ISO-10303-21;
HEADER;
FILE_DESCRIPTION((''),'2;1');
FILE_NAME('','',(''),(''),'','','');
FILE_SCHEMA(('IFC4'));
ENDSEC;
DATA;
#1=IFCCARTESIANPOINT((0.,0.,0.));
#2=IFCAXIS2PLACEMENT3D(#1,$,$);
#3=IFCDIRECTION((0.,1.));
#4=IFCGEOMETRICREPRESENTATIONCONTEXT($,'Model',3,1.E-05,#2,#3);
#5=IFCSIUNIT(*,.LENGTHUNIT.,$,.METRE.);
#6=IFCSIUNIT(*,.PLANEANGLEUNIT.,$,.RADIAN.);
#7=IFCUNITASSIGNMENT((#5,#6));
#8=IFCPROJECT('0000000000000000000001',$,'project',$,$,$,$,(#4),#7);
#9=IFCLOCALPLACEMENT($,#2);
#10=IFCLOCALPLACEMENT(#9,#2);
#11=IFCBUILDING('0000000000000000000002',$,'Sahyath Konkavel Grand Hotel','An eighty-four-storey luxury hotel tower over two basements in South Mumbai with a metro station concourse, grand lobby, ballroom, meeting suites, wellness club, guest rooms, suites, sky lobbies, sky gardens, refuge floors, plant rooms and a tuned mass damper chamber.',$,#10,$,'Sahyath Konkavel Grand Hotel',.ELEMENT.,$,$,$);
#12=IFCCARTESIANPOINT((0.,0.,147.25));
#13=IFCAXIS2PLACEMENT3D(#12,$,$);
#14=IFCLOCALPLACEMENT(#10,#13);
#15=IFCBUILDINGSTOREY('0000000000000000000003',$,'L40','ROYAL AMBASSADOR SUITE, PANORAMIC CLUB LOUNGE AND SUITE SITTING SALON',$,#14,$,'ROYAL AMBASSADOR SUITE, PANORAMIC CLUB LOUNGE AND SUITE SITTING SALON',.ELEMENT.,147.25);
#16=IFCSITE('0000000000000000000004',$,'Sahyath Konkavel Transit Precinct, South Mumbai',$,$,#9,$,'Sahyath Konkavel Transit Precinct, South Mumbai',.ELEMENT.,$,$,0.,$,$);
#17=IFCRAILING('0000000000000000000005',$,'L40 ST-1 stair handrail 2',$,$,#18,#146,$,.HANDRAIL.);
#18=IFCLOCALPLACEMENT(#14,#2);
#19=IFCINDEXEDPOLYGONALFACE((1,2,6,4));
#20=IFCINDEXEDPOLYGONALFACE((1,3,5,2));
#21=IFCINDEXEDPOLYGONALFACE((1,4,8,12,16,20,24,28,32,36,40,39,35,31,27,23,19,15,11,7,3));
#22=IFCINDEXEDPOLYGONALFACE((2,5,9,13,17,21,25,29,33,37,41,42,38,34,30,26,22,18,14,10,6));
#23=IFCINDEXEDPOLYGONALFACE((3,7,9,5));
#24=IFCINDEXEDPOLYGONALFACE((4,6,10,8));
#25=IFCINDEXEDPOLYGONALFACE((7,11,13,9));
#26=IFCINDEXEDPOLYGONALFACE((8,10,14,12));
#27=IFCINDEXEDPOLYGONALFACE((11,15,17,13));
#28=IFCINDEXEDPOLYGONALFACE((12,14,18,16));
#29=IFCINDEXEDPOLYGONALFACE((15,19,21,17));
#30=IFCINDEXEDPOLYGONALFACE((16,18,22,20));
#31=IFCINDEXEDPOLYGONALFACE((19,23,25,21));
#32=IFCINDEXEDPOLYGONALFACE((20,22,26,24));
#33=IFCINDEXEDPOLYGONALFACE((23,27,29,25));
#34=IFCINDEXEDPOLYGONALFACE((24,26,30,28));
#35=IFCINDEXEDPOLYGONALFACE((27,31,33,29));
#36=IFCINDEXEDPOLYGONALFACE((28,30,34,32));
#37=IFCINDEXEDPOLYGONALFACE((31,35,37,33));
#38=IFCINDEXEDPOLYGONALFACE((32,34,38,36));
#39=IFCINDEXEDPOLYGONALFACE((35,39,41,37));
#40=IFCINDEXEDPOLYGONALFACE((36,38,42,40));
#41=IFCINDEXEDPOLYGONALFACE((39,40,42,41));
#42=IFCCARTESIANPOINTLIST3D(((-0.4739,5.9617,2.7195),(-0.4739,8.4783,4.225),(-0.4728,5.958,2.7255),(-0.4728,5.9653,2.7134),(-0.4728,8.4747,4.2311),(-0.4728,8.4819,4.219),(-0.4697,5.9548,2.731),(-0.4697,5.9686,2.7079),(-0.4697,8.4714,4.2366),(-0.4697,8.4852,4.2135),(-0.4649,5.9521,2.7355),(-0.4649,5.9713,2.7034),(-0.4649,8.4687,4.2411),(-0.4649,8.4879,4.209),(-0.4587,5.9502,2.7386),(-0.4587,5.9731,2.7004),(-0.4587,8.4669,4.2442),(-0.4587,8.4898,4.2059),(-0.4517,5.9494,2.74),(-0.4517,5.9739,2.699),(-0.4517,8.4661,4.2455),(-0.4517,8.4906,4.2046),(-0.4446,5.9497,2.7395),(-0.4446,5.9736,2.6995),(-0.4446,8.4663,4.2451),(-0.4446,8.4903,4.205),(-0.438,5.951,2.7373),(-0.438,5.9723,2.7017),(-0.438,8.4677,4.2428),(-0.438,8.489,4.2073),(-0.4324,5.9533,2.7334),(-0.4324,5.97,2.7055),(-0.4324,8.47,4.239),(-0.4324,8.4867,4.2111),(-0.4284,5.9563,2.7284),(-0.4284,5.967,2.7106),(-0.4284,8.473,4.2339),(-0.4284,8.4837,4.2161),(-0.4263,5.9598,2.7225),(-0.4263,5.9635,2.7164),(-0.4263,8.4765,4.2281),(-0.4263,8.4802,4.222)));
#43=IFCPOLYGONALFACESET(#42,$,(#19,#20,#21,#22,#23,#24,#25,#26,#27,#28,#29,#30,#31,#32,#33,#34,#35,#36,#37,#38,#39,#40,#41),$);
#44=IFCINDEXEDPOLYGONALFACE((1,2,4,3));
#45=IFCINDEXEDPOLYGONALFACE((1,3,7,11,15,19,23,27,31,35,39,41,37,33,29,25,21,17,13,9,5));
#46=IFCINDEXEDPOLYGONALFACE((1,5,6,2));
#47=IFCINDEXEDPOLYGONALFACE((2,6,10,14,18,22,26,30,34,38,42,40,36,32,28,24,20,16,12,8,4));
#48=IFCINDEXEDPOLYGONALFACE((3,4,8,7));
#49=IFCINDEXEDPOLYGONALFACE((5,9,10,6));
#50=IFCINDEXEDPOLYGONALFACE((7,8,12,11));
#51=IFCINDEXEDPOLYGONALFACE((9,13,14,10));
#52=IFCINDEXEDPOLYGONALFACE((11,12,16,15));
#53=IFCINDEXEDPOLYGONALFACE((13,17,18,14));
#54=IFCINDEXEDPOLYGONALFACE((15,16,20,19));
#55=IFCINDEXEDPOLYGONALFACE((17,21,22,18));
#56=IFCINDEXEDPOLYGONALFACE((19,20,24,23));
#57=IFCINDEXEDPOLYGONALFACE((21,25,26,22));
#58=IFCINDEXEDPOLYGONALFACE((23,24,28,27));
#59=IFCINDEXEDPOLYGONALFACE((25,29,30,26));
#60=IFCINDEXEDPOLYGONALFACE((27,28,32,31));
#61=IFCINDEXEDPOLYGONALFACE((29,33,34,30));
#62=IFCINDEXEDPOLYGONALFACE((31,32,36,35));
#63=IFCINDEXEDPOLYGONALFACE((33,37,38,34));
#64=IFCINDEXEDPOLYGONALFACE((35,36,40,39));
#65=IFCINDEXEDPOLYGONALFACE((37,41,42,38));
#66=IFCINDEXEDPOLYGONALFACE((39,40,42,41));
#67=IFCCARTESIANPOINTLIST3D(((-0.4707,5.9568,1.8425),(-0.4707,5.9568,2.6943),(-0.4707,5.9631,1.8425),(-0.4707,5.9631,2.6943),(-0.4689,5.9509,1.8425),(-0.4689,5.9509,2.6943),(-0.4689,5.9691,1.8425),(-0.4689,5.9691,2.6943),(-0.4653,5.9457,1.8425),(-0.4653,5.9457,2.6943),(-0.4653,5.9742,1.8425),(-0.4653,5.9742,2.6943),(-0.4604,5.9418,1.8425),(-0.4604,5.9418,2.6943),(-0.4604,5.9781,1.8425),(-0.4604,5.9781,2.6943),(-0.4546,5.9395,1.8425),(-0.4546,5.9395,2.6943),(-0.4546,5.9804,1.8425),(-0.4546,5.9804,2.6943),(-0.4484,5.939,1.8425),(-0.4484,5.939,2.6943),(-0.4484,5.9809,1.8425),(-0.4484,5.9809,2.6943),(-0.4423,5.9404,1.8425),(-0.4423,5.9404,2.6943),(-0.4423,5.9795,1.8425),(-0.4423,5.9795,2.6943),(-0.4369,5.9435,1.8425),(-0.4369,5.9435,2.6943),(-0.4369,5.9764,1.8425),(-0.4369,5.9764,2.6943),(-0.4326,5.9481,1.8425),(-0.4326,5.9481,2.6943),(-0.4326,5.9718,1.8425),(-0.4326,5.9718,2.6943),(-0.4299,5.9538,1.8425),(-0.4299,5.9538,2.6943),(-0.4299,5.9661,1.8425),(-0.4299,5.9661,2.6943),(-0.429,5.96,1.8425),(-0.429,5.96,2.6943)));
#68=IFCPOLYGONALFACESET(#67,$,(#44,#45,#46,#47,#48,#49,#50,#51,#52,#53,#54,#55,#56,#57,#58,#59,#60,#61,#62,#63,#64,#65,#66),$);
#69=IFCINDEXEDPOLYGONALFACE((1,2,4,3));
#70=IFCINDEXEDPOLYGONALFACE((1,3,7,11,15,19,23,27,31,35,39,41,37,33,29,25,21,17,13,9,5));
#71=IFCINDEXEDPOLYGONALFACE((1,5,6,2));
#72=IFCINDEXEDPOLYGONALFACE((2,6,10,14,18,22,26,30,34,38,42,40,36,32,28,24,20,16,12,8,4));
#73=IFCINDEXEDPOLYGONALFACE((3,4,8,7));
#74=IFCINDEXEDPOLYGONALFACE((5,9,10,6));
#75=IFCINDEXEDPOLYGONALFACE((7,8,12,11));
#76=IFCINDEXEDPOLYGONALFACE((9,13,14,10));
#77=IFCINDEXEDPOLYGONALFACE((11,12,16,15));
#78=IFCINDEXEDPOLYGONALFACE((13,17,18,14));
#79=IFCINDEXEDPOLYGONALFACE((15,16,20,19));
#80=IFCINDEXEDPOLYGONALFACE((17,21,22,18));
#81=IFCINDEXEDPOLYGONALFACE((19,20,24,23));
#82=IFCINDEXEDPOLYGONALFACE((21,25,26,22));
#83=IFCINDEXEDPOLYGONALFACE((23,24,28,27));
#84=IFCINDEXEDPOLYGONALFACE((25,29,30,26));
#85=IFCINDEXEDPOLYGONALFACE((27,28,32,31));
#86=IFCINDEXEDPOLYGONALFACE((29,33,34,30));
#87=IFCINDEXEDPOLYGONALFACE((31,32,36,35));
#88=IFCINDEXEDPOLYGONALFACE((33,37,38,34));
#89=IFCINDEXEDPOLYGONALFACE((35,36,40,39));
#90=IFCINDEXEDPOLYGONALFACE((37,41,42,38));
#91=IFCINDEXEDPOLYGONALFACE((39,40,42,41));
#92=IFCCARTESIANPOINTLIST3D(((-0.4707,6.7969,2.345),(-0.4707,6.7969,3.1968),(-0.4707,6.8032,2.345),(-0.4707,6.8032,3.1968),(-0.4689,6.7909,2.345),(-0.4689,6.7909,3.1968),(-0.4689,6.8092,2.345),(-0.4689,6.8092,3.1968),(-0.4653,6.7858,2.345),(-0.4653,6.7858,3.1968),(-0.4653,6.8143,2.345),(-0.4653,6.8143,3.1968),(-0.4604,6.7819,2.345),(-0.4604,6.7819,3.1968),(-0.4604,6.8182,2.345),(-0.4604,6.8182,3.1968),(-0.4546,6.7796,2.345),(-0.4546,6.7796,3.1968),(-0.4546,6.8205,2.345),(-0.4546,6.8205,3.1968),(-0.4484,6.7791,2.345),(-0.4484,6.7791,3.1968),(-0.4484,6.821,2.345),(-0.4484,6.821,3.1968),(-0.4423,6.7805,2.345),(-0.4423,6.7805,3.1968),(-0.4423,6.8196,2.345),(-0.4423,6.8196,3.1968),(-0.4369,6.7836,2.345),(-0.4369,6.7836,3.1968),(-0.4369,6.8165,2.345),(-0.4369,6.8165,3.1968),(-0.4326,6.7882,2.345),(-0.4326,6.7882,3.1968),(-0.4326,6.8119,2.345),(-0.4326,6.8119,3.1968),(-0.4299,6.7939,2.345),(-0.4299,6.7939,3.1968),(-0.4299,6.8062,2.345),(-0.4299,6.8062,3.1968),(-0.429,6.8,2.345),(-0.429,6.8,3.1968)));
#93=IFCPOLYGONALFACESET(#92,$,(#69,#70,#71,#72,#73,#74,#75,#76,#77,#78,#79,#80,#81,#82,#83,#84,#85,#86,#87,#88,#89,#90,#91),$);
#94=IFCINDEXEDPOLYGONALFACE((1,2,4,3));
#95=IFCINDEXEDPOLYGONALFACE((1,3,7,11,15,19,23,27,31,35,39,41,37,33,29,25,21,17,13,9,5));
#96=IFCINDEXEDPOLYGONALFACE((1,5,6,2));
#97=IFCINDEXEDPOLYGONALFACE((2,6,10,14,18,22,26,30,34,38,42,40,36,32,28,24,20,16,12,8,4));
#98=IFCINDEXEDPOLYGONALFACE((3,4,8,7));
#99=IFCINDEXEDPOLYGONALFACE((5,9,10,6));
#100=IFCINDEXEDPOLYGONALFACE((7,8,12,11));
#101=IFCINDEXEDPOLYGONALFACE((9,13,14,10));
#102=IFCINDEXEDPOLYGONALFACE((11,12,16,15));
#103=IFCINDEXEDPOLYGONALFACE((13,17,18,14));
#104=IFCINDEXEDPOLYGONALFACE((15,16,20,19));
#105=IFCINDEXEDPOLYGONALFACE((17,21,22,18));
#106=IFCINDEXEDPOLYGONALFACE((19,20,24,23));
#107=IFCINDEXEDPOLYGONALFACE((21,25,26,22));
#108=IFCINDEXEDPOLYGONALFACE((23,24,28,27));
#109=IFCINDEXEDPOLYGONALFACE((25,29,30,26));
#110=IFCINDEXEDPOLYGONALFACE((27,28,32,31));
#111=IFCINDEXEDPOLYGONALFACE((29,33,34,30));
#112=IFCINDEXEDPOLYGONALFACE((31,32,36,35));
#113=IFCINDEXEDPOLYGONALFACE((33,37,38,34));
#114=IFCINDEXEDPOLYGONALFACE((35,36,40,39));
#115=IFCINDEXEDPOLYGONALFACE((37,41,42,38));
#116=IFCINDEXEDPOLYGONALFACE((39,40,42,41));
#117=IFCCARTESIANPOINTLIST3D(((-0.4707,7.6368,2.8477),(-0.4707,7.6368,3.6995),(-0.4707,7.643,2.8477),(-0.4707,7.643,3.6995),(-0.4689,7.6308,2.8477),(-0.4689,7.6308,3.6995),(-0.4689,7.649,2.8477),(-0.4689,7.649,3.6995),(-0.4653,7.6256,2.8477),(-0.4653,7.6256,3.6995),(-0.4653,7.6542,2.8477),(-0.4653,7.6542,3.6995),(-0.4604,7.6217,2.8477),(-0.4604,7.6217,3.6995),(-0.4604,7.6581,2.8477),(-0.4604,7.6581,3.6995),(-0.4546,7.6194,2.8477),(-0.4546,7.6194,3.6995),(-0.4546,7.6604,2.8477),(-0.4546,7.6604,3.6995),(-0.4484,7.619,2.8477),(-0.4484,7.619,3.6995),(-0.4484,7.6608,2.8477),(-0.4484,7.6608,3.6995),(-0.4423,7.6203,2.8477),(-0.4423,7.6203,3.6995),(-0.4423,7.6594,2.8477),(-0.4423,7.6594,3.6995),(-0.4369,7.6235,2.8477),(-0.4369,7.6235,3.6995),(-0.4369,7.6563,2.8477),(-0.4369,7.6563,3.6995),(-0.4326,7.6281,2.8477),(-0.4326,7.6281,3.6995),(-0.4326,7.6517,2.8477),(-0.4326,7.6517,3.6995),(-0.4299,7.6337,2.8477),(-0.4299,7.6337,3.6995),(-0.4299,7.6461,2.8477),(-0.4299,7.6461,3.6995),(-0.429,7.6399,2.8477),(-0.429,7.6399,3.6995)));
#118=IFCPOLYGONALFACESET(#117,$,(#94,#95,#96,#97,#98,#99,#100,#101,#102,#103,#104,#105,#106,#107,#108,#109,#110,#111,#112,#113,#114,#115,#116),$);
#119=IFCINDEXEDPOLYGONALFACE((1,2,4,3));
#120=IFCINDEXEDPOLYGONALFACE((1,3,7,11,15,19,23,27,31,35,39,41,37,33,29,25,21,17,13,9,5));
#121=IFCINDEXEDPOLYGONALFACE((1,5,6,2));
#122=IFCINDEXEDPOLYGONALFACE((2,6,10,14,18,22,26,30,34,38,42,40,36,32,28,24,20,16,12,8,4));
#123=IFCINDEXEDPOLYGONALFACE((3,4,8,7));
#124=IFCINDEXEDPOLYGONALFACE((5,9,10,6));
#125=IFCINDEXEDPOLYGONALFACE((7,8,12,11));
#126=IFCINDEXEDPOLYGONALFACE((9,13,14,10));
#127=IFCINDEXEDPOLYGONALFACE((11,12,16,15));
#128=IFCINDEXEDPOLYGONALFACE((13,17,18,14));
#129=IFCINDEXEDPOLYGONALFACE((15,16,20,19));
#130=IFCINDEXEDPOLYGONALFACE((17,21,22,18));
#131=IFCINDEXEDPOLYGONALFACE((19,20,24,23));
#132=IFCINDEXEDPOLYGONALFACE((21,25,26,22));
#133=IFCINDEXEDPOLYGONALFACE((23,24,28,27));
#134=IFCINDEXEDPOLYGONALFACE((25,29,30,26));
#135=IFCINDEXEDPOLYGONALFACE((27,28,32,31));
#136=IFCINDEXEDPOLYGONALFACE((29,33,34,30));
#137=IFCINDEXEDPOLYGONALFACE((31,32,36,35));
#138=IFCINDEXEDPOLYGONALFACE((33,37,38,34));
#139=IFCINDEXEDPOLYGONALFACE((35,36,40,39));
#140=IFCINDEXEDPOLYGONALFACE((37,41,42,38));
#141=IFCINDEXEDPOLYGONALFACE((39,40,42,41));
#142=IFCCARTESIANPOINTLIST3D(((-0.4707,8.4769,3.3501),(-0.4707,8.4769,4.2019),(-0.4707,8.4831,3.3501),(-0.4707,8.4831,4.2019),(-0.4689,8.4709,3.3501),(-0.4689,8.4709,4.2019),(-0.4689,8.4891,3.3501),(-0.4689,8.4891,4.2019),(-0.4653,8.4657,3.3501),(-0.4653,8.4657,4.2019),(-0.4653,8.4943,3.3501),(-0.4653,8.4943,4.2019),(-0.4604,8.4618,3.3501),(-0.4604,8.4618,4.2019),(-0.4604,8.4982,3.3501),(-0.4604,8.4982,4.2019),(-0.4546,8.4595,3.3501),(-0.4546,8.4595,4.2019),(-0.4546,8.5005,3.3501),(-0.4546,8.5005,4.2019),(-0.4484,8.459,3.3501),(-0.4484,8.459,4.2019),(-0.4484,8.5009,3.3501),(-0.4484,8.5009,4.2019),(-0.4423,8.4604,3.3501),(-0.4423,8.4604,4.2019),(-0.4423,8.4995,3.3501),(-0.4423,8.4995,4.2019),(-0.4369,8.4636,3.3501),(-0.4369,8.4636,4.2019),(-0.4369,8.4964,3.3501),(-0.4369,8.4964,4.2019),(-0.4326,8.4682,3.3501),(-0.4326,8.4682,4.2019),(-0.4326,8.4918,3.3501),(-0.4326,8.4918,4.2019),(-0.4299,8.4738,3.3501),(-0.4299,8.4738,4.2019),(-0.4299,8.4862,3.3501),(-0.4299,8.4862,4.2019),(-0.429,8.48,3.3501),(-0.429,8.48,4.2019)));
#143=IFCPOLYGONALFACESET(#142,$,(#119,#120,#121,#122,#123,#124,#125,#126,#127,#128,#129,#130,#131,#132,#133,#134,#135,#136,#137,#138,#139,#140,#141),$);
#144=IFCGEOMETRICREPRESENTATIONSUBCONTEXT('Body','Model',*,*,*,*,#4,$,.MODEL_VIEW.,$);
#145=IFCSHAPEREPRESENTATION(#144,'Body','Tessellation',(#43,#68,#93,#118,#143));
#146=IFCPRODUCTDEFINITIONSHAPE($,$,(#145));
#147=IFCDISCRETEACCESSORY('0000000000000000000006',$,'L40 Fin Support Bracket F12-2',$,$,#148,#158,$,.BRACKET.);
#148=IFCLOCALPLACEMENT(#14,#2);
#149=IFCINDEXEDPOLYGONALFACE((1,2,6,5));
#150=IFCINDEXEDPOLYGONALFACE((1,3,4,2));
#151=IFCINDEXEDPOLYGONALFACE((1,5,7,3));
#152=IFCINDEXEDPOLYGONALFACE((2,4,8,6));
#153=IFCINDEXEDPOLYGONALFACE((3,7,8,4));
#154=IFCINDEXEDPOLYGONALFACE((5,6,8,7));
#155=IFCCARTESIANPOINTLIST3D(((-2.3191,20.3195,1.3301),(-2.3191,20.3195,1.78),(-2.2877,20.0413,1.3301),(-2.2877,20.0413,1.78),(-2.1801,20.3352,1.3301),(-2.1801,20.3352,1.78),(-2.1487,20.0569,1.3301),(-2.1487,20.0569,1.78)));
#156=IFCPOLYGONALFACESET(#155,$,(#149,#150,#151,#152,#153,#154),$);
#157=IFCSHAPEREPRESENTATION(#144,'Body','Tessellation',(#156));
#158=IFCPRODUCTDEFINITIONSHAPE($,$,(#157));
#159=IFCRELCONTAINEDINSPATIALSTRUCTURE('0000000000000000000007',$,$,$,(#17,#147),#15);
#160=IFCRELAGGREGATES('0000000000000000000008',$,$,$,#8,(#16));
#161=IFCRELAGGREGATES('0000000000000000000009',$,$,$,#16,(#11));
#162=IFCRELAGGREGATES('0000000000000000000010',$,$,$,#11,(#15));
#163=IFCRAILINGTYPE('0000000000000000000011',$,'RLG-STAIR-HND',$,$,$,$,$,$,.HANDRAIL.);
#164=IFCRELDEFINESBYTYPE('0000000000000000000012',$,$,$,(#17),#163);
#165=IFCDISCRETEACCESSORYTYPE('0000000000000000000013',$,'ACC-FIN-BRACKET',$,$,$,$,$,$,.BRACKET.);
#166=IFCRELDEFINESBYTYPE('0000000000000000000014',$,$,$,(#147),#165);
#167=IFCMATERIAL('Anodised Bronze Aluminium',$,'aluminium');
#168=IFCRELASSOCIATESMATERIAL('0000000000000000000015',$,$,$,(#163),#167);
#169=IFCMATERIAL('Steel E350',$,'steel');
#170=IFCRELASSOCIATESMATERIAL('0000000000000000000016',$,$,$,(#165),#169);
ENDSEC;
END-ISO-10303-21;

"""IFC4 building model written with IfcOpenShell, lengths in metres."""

from ifc_helpers import new_model, si_unit, direction, frame, origin, origin_2d, place, context, subcontext, project, spatial, rectangle, circle, extrude, source, transform, mapped, material, type_object, element, save


model = new_model("IFC4")

# Units and contexts
model_context = context("Model", 3, precision=1e-05, world=origin(), true_north=direction((0.0, 1.0)))
body_context = subcontext(model_context, "Body", "Model", "MODEL_VIEW")
ifc_project = project(units=[si_unit("LENGTHUNIT", "METRE"), si_unit("PLANEANGLEUNIT", "RADIAN")], contexts=[model_context])

# Site, building, storey
site_placement = place(None, origin())
site = spatial("IfcSite", under=ifc_project, at=site_placement, Name="Sahyath Konkavel Transit Precinct, South Mumbai", LongName="Sahyath Konkavel Transit Precinct, South Mumbai", CompositionType="ELEMENT", RefElevation=0.0)
building_placement = place(site_placement, origin())
building = spatial("IfcBuilding", under=site, at=building_placement, Name="Sahyath Konkavel Grand Hotel", Description="An eighty-four-storey luxury hotel tower over two basements in South Mumbai with a metro station concourse, grand lobby, ballroom, meeting suites, wellness club, guest rooms, suites, sky lobbies, sky gardens, refuge floors, plant rooms and a tuned mass damper chamber.", LongName="Sahyath Konkavel Grand Hotel", CompositionType="ELEMENT")
storey_placement = place(building_placement, frame((0.0, 0.0, 147.25)))
storey = spatial("IfcBuildingStorey", under=building, at=storey_placement, Name="L40", Description="ROYAL AMBASSADOR SUITE, PANORAMIC CLUB LOUNGE AND SUITE SITTING SALON", LongName="ROYAL AMBASSADOR SUITE, PANORAMIC CLUB LOUNGE AND SUITE SITTING SALON", CompositionType="ELEMENT", Elevation=147.25)

# Shared definitions
ifc_material_1 = material(Name="Steel E350", Category="steel")

# Shared definitions
ifc_material_2 = material(Name="Anodised Bronze Aluminium", Category="aluminium")

# Railing
railing_type_1 = type_object("IfcRailingType", Name="RLG-STAIR-HND", PredefinedType="HANDRAIL", material=ifc_material_2)
railing_1_placement = place(storey_placement, frame((-0.45, 5.96, 1.8425)))
element("IfcRailing", 1, at=railing_1_placement, inside=storey, type_object=railing_type_1, Name="L40 ST-1 stair handrail 2", PredefinedType="HANDRAIL", context=body_context, shape_type="SweptSolid", body=[
    extrude(circle(Radius=0.0239, at=origin_2d()), frame((0.0, 0.0017, 0.877), z_axis=(0.0, 0.85816, 0.513383), x_axis=(-1.0, 0.0, 0.0)), (0.0, 0.0, 1.0), 2.9326),
    extrude(circle(Radius=0.021, at=origin_2d()), origin(), (0.0, 0.0, 1.0), 0.8518),
    extrude(circle(Radius=0.021, at=origin_2d()), frame((0.0, 0.8401, 0.5024)), (0.0, 0.0, 1.0), 0.8518),
    extrude(circle(Radius=0.021, at=origin_2d()), frame((0.0, 1.6799, 1.0051)), (0.0, 0.0, 1.0), 0.8518),
    extrude(circle(Radius=0.021, at=origin_2d()), frame((0.0, 2.52, 1.5076)), (0.0, 0.0, 1.0), 0.8518),
])

# Discrete accessory
discrete_accessory_type = type_object("IfcDiscreteAccessoryType", Name="ACC-FIN-BRACKET", PredefinedType="BRACKET", material=ifc_material_1)
shared_shape_1 = source(origin(), body_context, "Body", "SweptSolid", [
    extrude(rectangle(XDim=0.28, YDim=0.1399, at=origin_2d()), origin(), (0.0, 0.0, 1.0), 0.45),
])
discrete_accessory_placement = place(storey_placement, frame((-2.2339, 20.1882, 1.3301), z_axis=(0.0, 0.0, 1.0), x_axis=(-0.112007, 0.993707, 0.0)))
element("IfcDiscreteAccessory", 2, at=discrete_accessory_placement, inside=storey, type_object=discrete_accessory_type, Name="L40 Fin Support Bracket F12-2", PredefinedType="BRACKET", context=body_context, shape_type="MappedRepresentation", body=[
    mapped(shared_shape_1, transform((0.0, 0.0, 0.0), scale=1.0)),
])

save(model, "model.ifc")
